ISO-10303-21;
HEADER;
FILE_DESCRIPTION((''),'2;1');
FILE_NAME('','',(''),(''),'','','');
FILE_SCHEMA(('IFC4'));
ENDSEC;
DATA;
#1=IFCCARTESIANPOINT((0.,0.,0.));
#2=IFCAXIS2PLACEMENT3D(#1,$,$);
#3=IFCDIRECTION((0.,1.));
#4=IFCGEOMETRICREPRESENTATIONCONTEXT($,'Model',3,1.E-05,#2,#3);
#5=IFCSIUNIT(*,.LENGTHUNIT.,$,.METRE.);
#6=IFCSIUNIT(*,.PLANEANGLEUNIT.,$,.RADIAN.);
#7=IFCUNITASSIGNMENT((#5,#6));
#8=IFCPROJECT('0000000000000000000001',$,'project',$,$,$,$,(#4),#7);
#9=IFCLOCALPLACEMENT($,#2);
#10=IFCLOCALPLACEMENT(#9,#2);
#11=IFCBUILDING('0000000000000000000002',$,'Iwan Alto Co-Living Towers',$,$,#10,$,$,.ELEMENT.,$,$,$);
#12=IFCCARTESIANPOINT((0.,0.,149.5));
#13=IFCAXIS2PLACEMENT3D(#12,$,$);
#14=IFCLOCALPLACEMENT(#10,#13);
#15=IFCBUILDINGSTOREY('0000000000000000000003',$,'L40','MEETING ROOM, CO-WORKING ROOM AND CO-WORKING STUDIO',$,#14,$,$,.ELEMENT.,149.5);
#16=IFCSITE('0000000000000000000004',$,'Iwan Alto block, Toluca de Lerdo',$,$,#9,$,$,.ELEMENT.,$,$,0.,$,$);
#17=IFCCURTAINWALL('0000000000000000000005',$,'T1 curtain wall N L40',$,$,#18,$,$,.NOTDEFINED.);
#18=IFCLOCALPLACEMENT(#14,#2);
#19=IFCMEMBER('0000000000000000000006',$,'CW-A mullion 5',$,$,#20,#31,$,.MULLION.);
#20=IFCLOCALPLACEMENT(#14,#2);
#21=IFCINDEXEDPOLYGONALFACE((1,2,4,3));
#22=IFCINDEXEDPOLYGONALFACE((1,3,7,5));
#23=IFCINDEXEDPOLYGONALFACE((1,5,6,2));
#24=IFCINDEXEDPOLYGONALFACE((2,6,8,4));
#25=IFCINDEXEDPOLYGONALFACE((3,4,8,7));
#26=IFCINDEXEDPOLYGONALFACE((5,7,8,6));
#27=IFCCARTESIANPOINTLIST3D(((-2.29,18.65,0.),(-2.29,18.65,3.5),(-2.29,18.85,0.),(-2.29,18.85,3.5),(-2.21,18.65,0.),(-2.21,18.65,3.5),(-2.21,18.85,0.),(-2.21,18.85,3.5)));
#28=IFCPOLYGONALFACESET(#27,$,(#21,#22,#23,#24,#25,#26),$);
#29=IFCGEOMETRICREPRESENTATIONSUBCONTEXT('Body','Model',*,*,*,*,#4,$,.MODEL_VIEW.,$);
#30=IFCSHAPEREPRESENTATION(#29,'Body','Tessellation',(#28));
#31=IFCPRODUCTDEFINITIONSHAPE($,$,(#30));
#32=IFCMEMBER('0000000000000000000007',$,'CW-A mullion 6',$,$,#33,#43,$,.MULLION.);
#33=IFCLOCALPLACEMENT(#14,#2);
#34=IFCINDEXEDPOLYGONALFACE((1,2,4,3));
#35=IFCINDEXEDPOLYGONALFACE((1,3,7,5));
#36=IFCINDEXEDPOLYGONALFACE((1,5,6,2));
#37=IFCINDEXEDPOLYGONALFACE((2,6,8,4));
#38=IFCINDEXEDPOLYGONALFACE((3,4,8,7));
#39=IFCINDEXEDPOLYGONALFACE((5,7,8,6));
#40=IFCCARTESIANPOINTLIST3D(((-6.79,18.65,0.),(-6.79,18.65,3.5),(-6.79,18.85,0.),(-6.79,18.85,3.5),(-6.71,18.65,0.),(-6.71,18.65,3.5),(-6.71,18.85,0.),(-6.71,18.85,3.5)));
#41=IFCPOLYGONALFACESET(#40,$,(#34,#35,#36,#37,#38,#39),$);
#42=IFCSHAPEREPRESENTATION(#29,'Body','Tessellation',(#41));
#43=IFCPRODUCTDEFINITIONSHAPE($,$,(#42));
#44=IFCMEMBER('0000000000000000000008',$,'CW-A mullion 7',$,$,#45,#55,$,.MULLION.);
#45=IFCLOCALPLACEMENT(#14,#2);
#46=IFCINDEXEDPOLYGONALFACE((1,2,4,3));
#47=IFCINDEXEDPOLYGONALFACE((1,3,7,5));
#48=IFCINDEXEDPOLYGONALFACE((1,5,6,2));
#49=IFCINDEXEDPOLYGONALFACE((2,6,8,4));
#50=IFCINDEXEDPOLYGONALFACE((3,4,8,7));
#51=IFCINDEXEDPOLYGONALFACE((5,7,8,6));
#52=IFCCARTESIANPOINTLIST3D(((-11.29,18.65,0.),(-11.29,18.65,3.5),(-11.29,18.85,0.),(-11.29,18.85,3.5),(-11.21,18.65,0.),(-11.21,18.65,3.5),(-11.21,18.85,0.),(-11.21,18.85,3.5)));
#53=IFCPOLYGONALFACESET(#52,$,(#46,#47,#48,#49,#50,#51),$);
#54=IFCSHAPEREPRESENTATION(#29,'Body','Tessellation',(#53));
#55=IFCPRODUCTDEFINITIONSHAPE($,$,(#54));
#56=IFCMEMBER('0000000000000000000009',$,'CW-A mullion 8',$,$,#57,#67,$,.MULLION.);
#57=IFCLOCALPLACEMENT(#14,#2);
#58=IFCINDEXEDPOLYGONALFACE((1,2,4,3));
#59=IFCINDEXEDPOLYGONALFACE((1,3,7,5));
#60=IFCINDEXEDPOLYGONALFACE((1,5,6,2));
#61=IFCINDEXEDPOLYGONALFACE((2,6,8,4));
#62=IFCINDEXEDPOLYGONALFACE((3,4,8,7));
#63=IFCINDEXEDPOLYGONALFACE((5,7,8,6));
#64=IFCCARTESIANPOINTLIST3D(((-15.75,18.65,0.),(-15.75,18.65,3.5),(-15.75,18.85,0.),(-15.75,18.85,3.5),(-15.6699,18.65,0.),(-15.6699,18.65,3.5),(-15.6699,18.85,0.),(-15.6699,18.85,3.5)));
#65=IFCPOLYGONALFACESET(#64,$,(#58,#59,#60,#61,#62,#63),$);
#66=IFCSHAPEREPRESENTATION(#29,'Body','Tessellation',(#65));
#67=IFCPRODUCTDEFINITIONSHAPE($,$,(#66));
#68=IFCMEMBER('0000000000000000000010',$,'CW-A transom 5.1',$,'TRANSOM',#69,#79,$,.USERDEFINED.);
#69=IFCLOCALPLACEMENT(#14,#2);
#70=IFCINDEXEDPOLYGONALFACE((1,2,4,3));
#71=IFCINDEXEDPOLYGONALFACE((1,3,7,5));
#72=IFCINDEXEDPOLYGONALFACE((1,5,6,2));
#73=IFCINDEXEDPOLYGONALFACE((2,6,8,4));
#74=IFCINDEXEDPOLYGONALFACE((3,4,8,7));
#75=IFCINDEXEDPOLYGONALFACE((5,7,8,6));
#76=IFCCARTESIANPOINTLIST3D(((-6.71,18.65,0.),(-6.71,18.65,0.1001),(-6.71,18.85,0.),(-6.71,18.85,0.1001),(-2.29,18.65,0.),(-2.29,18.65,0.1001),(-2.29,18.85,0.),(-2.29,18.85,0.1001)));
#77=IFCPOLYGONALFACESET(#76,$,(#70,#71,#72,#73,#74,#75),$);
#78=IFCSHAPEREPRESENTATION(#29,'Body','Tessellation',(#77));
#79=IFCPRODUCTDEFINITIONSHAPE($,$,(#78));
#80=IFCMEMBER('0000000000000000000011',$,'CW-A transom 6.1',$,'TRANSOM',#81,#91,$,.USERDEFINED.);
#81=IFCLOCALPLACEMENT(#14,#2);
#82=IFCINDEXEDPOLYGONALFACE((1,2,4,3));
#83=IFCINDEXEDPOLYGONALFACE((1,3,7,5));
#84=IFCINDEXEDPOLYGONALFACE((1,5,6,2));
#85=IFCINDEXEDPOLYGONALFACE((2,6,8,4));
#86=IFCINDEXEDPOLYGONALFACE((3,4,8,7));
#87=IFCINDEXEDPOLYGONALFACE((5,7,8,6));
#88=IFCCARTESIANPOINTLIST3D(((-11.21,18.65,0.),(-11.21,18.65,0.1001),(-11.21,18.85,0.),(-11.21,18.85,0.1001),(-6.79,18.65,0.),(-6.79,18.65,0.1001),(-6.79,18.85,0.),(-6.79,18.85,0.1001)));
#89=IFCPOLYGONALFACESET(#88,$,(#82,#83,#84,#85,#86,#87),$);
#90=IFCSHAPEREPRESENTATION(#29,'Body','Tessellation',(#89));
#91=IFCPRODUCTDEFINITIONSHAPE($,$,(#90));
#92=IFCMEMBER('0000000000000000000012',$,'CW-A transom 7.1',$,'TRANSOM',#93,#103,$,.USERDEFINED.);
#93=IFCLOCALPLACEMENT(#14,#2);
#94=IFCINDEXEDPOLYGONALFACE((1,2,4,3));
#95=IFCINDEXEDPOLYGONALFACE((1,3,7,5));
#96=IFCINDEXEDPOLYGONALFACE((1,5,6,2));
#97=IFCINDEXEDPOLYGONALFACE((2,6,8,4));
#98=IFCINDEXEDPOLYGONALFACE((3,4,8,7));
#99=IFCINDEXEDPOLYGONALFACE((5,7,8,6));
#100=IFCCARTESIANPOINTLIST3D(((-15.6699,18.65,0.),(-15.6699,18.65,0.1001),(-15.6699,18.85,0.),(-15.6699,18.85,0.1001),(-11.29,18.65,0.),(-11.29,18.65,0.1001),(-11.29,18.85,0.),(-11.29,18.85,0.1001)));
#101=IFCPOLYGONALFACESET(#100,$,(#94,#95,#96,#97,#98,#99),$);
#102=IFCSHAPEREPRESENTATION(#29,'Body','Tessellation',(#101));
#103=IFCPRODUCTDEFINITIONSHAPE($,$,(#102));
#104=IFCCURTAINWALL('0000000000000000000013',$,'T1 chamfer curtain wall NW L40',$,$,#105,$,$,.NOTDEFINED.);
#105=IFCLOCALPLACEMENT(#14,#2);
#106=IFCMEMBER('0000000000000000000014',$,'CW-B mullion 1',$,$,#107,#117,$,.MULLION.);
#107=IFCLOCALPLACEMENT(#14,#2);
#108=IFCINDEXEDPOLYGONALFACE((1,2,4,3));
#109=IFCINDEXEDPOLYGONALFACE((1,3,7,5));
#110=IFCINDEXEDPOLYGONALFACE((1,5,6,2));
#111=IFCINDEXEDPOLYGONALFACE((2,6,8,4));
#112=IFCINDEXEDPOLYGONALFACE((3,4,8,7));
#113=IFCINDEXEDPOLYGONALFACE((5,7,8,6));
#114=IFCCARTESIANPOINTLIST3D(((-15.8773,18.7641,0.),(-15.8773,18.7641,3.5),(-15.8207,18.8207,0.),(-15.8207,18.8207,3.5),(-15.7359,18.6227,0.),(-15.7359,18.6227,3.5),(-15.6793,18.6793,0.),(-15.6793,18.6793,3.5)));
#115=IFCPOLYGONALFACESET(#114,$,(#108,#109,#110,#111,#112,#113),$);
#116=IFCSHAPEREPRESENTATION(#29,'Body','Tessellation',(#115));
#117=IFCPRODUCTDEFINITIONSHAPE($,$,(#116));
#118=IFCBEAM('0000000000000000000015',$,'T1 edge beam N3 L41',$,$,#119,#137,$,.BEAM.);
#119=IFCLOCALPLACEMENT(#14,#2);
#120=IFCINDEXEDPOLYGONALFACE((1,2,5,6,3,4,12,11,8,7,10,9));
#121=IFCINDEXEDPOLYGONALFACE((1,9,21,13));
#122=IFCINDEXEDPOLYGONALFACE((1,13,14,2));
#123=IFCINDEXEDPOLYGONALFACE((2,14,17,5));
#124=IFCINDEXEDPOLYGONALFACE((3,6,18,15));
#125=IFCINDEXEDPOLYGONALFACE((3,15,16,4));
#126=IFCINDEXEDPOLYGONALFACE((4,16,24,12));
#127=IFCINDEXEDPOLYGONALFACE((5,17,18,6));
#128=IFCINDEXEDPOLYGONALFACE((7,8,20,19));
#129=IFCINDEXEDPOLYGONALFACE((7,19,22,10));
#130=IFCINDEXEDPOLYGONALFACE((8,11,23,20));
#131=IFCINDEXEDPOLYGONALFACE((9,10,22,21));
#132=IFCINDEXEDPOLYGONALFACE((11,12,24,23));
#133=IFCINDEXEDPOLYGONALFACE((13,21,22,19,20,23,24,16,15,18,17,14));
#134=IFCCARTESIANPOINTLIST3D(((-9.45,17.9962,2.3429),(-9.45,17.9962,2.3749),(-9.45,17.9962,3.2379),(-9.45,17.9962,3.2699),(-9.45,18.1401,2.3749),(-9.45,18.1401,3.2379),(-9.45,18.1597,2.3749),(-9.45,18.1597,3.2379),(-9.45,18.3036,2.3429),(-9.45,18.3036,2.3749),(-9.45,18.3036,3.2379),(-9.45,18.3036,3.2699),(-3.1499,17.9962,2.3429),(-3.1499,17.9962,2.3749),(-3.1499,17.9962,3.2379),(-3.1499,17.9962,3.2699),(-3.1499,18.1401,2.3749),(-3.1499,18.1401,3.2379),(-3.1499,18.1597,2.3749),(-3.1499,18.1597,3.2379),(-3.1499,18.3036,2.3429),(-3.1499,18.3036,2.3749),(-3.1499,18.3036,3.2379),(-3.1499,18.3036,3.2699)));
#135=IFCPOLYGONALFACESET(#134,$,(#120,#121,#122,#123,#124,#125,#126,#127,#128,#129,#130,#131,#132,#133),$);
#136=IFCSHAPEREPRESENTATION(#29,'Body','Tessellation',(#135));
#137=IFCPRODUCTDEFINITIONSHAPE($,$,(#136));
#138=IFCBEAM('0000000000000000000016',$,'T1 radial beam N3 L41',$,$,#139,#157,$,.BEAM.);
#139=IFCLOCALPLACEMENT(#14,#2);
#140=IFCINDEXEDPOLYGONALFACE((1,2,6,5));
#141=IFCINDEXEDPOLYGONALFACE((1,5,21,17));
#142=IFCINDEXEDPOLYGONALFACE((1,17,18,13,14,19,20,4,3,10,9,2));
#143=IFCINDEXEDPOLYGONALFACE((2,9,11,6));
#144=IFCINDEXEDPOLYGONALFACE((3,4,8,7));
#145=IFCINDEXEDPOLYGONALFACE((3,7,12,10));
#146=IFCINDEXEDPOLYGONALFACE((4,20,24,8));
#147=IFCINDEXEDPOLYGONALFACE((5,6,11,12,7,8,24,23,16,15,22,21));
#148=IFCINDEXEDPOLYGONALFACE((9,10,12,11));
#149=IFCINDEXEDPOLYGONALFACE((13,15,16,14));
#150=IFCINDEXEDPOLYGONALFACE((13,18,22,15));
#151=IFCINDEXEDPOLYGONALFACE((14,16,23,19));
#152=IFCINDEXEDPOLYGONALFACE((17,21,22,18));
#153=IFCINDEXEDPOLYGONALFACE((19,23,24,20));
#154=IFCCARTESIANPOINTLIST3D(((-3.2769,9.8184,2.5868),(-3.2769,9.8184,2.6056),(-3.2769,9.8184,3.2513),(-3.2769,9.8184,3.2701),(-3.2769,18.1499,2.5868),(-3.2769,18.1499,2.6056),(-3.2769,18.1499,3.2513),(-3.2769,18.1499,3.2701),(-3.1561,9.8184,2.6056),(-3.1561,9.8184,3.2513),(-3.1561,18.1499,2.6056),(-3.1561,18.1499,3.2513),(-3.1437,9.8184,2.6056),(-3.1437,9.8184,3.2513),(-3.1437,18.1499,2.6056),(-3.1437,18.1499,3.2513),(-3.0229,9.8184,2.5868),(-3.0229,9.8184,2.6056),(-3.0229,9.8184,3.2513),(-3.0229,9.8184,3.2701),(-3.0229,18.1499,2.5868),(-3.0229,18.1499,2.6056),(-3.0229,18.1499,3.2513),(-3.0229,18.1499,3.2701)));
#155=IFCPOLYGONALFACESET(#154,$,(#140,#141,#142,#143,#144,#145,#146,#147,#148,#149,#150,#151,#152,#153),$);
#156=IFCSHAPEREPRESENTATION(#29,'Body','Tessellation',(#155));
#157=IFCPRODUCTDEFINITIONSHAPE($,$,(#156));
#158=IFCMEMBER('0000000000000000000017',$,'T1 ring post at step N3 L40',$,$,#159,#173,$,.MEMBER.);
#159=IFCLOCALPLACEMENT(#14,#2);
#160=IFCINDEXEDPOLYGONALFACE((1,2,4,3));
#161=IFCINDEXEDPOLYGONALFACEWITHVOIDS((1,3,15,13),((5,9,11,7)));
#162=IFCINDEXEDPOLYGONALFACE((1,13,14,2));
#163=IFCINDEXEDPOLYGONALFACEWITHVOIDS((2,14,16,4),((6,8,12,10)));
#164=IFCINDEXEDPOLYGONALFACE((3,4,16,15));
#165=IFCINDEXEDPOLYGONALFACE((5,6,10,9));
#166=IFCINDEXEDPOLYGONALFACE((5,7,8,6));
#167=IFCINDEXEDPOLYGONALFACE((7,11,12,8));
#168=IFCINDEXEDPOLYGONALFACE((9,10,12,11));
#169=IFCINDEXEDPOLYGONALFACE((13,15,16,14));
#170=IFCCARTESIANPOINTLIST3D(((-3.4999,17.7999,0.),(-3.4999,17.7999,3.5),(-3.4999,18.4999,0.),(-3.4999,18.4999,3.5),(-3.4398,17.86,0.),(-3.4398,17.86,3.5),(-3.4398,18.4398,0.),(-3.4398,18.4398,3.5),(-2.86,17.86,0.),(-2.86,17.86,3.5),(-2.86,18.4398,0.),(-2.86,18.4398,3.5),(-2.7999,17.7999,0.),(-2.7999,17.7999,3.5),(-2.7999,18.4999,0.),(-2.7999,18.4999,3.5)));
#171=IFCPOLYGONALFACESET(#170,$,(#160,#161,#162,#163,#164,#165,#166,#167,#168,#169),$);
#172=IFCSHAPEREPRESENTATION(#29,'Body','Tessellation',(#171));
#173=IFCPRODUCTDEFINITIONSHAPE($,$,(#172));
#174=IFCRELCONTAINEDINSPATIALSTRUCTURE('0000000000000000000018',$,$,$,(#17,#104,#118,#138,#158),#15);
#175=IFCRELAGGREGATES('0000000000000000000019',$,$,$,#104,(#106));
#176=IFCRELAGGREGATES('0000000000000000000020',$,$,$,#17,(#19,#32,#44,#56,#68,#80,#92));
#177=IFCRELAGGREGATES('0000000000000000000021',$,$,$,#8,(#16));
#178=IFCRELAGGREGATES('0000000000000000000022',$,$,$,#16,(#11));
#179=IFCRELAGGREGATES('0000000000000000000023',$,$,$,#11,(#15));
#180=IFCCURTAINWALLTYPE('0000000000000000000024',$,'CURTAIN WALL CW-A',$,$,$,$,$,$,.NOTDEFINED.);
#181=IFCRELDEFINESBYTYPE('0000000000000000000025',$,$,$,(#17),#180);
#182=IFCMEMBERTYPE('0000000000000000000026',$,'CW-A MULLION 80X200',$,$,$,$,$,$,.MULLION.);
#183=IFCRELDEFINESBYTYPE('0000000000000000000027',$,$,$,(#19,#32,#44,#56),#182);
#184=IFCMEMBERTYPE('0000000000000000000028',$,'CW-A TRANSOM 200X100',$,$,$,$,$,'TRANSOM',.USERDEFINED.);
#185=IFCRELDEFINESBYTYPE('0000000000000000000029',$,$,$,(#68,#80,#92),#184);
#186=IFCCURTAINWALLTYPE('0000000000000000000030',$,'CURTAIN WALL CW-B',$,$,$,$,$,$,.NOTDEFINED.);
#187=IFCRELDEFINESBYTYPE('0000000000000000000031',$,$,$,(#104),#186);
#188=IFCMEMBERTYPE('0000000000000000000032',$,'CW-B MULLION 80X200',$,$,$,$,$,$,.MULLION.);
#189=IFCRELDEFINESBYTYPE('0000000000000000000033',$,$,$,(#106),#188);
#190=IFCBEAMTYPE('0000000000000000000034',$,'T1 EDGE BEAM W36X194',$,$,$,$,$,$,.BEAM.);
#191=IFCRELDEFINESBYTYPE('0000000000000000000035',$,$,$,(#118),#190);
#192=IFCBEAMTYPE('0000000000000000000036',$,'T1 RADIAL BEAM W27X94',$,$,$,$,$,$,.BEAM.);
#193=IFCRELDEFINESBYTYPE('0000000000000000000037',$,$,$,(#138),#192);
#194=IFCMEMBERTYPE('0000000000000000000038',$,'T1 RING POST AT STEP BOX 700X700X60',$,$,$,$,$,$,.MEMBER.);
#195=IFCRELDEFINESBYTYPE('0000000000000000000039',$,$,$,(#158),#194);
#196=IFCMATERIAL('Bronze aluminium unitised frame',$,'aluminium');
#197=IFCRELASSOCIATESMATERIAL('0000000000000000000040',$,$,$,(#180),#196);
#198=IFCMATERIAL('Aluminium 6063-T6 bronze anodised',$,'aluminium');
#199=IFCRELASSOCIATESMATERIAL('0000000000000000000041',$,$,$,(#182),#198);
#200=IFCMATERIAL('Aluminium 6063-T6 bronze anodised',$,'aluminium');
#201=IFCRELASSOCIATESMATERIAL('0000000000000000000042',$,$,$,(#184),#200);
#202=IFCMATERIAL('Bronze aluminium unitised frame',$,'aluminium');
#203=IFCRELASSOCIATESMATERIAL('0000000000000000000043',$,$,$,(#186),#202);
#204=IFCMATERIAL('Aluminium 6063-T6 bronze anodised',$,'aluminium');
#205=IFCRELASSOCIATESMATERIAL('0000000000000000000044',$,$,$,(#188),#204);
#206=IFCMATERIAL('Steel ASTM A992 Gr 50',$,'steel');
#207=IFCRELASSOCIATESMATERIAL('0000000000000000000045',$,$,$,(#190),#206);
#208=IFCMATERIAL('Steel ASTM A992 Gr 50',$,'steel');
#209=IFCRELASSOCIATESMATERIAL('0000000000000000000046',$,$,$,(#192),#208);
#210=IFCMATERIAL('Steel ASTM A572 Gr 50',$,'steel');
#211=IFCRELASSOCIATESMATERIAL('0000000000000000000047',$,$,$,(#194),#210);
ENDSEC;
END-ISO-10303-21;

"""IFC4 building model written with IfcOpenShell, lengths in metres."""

from ifc_helpers import new_model, si_unit, direction, frame, origin, origin_2d, place, context, subcontext, project, spatial, rectangle, hollow_rectangle, i_section, extrude, material, material_profile, profile_set, type_object, element, aggregate, save


model = new_model("IFC4")

# Units and contexts
model_context = context("Model", 3, precision=1e-05, world=origin(), true_north=direction((0.0, 1.0)))
body_context = subcontext(model_context, "Body", "Model", "MODEL_VIEW")
ifc_project = project(units=[si_unit("LENGTHUNIT", "METRE"), si_unit("PLANEANGLEUNIT", "RADIAN")], contexts=[model_context])

# Site, building, storey
site_placement = place(None, origin())
site = spatial("IfcSite", under=ifc_project, at=site_placement, Name="Iwan Alto block, Toluca de Lerdo", CompositionType="ELEMENT", RefElevation=0.0)
building_placement = place(site_placement, origin())
building = spatial("IfcBuilding", under=site, at=building_placement, Name="Iwan Alto Co-Living Towers", CompositionType="ELEMENT")
storey_placement = place(building_placement, frame((0.0, 0.0, 149.5)))
storey = spatial("IfcBuildingStorey", under=building, at=storey_placement, Name="L40", Description="MEETING ROOM, CO-WORKING ROOM AND CO-WORKING STUDIO", CompositionType="ELEMENT", Elevation=149.5)

# Curtain wall, members
ifc_material_1 = material(Name="Bronze aluminium unitised frame", Category="aluminium")
curtain_wall_type_1 = type_object("IfcCurtainWallType", Name="CURTAIN WALL CW-A", PredefinedType="NOTDEFINED", material=ifc_material_1)
curtain_wall_1_placement = place(storey_placement, origin())
curtain_wall_1 = element("IfcCurtainWall", 1, at=curtain_wall_1_placement, inside=storey, type_object=curtain_wall_type_1, Name="T1 curtain wall N L40", PredefinedType="NOTDEFINED")
ifc_material_2 = material(Name="Aluminium 6063-T6 bronze anodised", Category="aluminium")
ifc_material_profile_1 = material_profile(ifc_material_2, rectangle(XDim=0.2, YDim=0.0801, at=origin_2d()), Name="AL 80X200")
ifc_profile_set_1 = profile_set([ifc_material_profile_1], Name="Aluminium 6063-T6 bronze anodised")
member_type_1 = type_object("IfcMemberType", Name="CW-A MULLION 80X200", PredefinedType="MULLION", material=ifc_profile_set_1)
member_1_placement = place(storey_placement, frame((-2.25, 18.75, 0.0), z_axis=(0.0, 0.0, 1.0), x_axis=(0.0, -1.0, 0.0)))
member_1 = element("IfcMember", 2, at=member_1_placement, type_object=member_type_1, Name="CW-A mullion 5", PredefinedType="MULLION", context=body_context, shape_type="SweptSolid", body=[
    extrude(rectangle(XDim=0.2, YDim=0.0801, at=origin_2d()), origin(), (0.0, 0.0, 1.0), 3.5),
])
member_2_placement = place(storey_placement, frame((-6.75, 18.75, 0.0), z_axis=(0.0, 0.0, 1.0), x_axis=(0.0, -1.0, 0.0)))
member_2 = element("IfcMember", 3, at=member_2_placement, type_object=member_type_1, Name="CW-A mullion 6", PredefinedType="MULLION", context=body_context, shape_type="SweptSolid", body=[
    extrude(rectangle(XDim=0.2, YDim=0.0801, at=origin_2d()), origin(), (0.0, 0.0, 1.0), 3.5),
])
member_3_placement = place(storey_placement, frame((-11.25, 18.75, 0.0), z_axis=(0.0, 0.0, 1.0), x_axis=(0.0, -1.0, 0.0)))
member_3 = element("IfcMember", 4, at=member_3_placement, type_object=member_type_1, Name="CW-A mullion 7", PredefinedType="MULLION", context=body_context, shape_type="SweptSolid", body=[
    extrude(rectangle(XDim=0.2, YDim=0.0801, at=origin_2d()), origin(), (0.0, 0.0, 1.0), 3.5),
])
member_4_placement = place(storey_placement, frame((-15.71, 18.75, 0.0), z_axis=(0.0, 0.0, 1.0), x_axis=(0.0, -1.0, 0.0)))
member_4 = element("IfcMember", 5, at=member_4_placement, type_object=member_type_1, Name="CW-A mullion 8", PredefinedType="MULLION", context=body_context, shape_type="SweptSolid", body=[
    extrude(rectangle(XDim=0.2, YDim=0.0801, at=origin_2d()), origin(), (0.0, 0.0, 1.0), 3.5),
])
ifc_material_3 = material(Name="Aluminium 6063-T6 bronze anodised", Category="aluminium")
ifc_material_profile_2 = material_profile(ifc_material_3, rectangle(XDim=0.2, YDim=0.1001, at=origin_2d()), Name="AL 200X100")
ifc_profile_set_2 = profile_set([ifc_material_profile_2], Name="Aluminium 6063-T6 bronze anodised")
member_type_2 = type_object("IfcMemberType", Name="CW-A TRANSOM 200X100", ElementType="TRANSOM", PredefinedType="USERDEFINED", material=ifc_profile_set_2)
member_5_placement = place(storey_placement, frame((-2.29, 18.75, 0.05), z_axis=(-1.0, 0.0, 0.0), x_axis=(0.0, -1.0, 0.0)))
member_5 = element("IfcMember", 6, at=member_5_placement, type_object=member_type_2, Name="CW-A transom 5.1", ObjectType="TRANSOM", PredefinedType="USERDEFINED", context=body_context, shape_type="SweptSolid", body=[
    extrude(rectangle(XDim=0.2, YDim=0.1001, at=origin_2d()), origin(), (0.0, 0.0, 1.0), 4.4199),
])
member_6_placement = place(storey_placement, frame((-6.79, 18.75, 0.05), z_axis=(-1.0, 0.0, 0.0), x_axis=(0.0, -1.0, 0.0)))
member_6 = element("IfcMember", 7, at=member_6_placement, type_object=member_type_2, Name="CW-A transom 6.1", ObjectType="TRANSOM", PredefinedType="USERDEFINED", context=body_context, shape_type="SweptSolid", body=[
    extrude(rectangle(XDim=0.2, YDim=0.1001, at=origin_2d()), origin(), (0.0, 0.0, 1.0), 4.4199),
])
member_7_placement = place(storey_placement, frame((-11.29, 18.75, 0.05), z_axis=(-1.0, 0.0, 0.0), x_axis=(0.0, -1.0, 0.0)))
member_7 = element("IfcMember", 8, at=member_7_placement, type_object=member_type_2, Name="CW-A transom 7.1", ObjectType="TRANSOM", PredefinedType="USERDEFINED", context=body_context, shape_type="SweptSolid", body=[
    extrude(rectangle(XDim=0.2, YDim=0.1001, at=origin_2d()), origin(), (0.0, 0.0, 1.0), 4.3799),
])

# Curtain wall, member
ifc_material_4 = material(Name="Bronze aluminium unitised frame", Category="aluminium")
curtain_wall_type_2 = type_object("IfcCurtainWallType", Name="CURTAIN WALL CW-B", PredefinedType="NOTDEFINED", material=ifc_material_4)
curtain_wall_2_placement = place(storey_placement, origin())
curtain_wall_2 = element("IfcCurtainWall", 9, at=curtain_wall_2_placement, inside=storey, type_object=curtain_wall_type_2, Name="T1 chamfer curtain wall NW L40", PredefinedType="NOTDEFINED")
ifc_material_5 = material(Name="Aluminium 6063-T6 bronze anodised", Category="aluminium")
ifc_material_profile_3 = material_profile(ifc_material_5, rectangle(XDim=0.2, YDim=0.0801, at=origin_2d()), Name="AL 80X200")
ifc_profile_set_3 = profile_set([ifc_material_profile_3], Name="Aluminium 6063-T6 bronze anodised")
member_type_3 = type_object("IfcMemberType", Name="CW-B MULLION 80X200", PredefinedType="MULLION", material=ifc_profile_set_3)
member_8_placement = place(storey_placement, frame((-15.7783, 18.7217, 0.0), z_axis=(0.0, 0.0, 1.0), x_axis=(0.707107, -0.707107, 0.0)))
member_8 = element("IfcMember", 10, at=member_8_placement, type_object=member_type_3, Name="CW-B mullion 1", PredefinedType="MULLION", context=body_context, shape_type="SweptSolid", body=[
    extrude(rectangle(XDim=0.2, YDim=0.0801, at=origin_2d()), origin(), (0.0, 0.0, 1.0), 3.5),
])
aggregate(curtain_wall_2, [member_8])

# Beams
ifc_material_6 = material(Name="Steel ASTM A992 Gr 50", Category="steel")
ifc_material_profile_4 = material_profile(ifc_material_6, i_section(OverallWidth=0.3074, OverallDepth=0.927, WebThickness=0.0195, FlangeThickness=0.032, at=origin_2d()), Name="W36X194")
ifc_profile_set_4 = profile_set([ifc_material_profile_4], Name="Steel ASTM A992 Gr 50")
beam_type_1 = type_object("IfcBeamType", Name="T1 EDGE BEAM W36X194", PredefinedType="BEAM", material=ifc_profile_set_4)
beam_1_placement = place(storey_placement, frame((-3.1499, 18.1499, 2.8064), z_axis=(-1.0, 0.0, 0.0), x_axis=(0.0, -1.0, 0.0)))
element("IfcBeam", 11, at=beam_1_placement, inside=storey, type_object=beam_type_1, Name="T1 edge beam N3 L41", PredefinedType="BEAM", context=body_context, shape_type="SweptSolid", body=[
    extrude(i_section(OverallWidth=0.3074, OverallDepth=0.927, WebThickness=0.0195, FlangeThickness=0.032, at=origin_2d()), origin(), (0.0, 0.0, 1.0), 6.3),
])
ifc_material_7 = material(Name="Steel ASTM A992 Gr 50", Category="steel")
ifc_material_profile_5 = material_profile(ifc_material_7, i_section(OverallWidth=0.2539, OverallDepth=0.6833, WebThickness=0.0125, FlangeThickness=0.0188, at=origin_2d()), Name="W27X94")
ifc_profile_set_5 = profile_set([ifc_material_profile_5], Name="Steel ASTM A992 Gr 50")
beam_type_2 = type_object("IfcBeamType", Name="T1 RADIAL BEAM W27X94", PredefinedType="BEAM", material=ifc_profile_set_5)
beam_2_placement = place(storey_placement, frame((-3.1499, 18.1499, 2.9285), z_axis=(0.0, -1.0, 0.0), x_axis=(1.0, 0.0, 0.0)))
element("IfcBeam", 12, at=beam_2_placement, inside=storey, type_object=beam_type_2, Name="T1 radial beam N3 L41", PredefinedType="BEAM", context=body_context, shape_type="SweptSolid", body=[
    extrude(i_section(OverallWidth=0.2539, OverallDepth=0.6833, WebThickness=0.0125, FlangeThickness=0.0188, at=origin_2d()), origin(), (0.0, 0.0, 1.0), 8.3315),
])

# Member
ifc_material_8 = material(Name="Steel ASTM A572 Gr 50", Category="steel")
ifc_material_profile_6 = material_profile(ifc_material_8, hollow_rectangle(XDim=0.7, YDim=0.7, WallThickness=0.0601, at=origin_2d()), Name="BOX 700X700X60")
ifc_profile_set_6 = profile_set([ifc_material_profile_6], Name="Steel ASTM A572 Gr 50")
member_type_4 = type_object("IfcMemberType", Name="T1 RING POST AT STEP BOX 700X700X60", PredefinedType="MEMBER", material=ifc_profile_set_6)
member_9_placement = place(storey_placement, frame((-3.1499, 18.1499, 0.0), z_axis=(0.0, 0.0, 1.0), x_axis=(1.0, 0.0, 0.0)))
element("IfcMember", 13, at=member_9_placement, inside=storey, type_object=member_type_4, Name="T1 ring post at step N3 L40", PredefinedType="MEMBER", context=body_context, shape_type="SweptSolid", body=[
    extrude(hollow_rectangle(XDim=0.7, YDim=0.7, WallThickness=0.0601, at=origin_2d()), origin(), (0.0, 0.0, 1.0), 3.5),
])

aggregate(curtain_wall_1, [member_1, member_2, member_3, member_4, member_5, member_6, member_7])

save(model, "model.ifc")
